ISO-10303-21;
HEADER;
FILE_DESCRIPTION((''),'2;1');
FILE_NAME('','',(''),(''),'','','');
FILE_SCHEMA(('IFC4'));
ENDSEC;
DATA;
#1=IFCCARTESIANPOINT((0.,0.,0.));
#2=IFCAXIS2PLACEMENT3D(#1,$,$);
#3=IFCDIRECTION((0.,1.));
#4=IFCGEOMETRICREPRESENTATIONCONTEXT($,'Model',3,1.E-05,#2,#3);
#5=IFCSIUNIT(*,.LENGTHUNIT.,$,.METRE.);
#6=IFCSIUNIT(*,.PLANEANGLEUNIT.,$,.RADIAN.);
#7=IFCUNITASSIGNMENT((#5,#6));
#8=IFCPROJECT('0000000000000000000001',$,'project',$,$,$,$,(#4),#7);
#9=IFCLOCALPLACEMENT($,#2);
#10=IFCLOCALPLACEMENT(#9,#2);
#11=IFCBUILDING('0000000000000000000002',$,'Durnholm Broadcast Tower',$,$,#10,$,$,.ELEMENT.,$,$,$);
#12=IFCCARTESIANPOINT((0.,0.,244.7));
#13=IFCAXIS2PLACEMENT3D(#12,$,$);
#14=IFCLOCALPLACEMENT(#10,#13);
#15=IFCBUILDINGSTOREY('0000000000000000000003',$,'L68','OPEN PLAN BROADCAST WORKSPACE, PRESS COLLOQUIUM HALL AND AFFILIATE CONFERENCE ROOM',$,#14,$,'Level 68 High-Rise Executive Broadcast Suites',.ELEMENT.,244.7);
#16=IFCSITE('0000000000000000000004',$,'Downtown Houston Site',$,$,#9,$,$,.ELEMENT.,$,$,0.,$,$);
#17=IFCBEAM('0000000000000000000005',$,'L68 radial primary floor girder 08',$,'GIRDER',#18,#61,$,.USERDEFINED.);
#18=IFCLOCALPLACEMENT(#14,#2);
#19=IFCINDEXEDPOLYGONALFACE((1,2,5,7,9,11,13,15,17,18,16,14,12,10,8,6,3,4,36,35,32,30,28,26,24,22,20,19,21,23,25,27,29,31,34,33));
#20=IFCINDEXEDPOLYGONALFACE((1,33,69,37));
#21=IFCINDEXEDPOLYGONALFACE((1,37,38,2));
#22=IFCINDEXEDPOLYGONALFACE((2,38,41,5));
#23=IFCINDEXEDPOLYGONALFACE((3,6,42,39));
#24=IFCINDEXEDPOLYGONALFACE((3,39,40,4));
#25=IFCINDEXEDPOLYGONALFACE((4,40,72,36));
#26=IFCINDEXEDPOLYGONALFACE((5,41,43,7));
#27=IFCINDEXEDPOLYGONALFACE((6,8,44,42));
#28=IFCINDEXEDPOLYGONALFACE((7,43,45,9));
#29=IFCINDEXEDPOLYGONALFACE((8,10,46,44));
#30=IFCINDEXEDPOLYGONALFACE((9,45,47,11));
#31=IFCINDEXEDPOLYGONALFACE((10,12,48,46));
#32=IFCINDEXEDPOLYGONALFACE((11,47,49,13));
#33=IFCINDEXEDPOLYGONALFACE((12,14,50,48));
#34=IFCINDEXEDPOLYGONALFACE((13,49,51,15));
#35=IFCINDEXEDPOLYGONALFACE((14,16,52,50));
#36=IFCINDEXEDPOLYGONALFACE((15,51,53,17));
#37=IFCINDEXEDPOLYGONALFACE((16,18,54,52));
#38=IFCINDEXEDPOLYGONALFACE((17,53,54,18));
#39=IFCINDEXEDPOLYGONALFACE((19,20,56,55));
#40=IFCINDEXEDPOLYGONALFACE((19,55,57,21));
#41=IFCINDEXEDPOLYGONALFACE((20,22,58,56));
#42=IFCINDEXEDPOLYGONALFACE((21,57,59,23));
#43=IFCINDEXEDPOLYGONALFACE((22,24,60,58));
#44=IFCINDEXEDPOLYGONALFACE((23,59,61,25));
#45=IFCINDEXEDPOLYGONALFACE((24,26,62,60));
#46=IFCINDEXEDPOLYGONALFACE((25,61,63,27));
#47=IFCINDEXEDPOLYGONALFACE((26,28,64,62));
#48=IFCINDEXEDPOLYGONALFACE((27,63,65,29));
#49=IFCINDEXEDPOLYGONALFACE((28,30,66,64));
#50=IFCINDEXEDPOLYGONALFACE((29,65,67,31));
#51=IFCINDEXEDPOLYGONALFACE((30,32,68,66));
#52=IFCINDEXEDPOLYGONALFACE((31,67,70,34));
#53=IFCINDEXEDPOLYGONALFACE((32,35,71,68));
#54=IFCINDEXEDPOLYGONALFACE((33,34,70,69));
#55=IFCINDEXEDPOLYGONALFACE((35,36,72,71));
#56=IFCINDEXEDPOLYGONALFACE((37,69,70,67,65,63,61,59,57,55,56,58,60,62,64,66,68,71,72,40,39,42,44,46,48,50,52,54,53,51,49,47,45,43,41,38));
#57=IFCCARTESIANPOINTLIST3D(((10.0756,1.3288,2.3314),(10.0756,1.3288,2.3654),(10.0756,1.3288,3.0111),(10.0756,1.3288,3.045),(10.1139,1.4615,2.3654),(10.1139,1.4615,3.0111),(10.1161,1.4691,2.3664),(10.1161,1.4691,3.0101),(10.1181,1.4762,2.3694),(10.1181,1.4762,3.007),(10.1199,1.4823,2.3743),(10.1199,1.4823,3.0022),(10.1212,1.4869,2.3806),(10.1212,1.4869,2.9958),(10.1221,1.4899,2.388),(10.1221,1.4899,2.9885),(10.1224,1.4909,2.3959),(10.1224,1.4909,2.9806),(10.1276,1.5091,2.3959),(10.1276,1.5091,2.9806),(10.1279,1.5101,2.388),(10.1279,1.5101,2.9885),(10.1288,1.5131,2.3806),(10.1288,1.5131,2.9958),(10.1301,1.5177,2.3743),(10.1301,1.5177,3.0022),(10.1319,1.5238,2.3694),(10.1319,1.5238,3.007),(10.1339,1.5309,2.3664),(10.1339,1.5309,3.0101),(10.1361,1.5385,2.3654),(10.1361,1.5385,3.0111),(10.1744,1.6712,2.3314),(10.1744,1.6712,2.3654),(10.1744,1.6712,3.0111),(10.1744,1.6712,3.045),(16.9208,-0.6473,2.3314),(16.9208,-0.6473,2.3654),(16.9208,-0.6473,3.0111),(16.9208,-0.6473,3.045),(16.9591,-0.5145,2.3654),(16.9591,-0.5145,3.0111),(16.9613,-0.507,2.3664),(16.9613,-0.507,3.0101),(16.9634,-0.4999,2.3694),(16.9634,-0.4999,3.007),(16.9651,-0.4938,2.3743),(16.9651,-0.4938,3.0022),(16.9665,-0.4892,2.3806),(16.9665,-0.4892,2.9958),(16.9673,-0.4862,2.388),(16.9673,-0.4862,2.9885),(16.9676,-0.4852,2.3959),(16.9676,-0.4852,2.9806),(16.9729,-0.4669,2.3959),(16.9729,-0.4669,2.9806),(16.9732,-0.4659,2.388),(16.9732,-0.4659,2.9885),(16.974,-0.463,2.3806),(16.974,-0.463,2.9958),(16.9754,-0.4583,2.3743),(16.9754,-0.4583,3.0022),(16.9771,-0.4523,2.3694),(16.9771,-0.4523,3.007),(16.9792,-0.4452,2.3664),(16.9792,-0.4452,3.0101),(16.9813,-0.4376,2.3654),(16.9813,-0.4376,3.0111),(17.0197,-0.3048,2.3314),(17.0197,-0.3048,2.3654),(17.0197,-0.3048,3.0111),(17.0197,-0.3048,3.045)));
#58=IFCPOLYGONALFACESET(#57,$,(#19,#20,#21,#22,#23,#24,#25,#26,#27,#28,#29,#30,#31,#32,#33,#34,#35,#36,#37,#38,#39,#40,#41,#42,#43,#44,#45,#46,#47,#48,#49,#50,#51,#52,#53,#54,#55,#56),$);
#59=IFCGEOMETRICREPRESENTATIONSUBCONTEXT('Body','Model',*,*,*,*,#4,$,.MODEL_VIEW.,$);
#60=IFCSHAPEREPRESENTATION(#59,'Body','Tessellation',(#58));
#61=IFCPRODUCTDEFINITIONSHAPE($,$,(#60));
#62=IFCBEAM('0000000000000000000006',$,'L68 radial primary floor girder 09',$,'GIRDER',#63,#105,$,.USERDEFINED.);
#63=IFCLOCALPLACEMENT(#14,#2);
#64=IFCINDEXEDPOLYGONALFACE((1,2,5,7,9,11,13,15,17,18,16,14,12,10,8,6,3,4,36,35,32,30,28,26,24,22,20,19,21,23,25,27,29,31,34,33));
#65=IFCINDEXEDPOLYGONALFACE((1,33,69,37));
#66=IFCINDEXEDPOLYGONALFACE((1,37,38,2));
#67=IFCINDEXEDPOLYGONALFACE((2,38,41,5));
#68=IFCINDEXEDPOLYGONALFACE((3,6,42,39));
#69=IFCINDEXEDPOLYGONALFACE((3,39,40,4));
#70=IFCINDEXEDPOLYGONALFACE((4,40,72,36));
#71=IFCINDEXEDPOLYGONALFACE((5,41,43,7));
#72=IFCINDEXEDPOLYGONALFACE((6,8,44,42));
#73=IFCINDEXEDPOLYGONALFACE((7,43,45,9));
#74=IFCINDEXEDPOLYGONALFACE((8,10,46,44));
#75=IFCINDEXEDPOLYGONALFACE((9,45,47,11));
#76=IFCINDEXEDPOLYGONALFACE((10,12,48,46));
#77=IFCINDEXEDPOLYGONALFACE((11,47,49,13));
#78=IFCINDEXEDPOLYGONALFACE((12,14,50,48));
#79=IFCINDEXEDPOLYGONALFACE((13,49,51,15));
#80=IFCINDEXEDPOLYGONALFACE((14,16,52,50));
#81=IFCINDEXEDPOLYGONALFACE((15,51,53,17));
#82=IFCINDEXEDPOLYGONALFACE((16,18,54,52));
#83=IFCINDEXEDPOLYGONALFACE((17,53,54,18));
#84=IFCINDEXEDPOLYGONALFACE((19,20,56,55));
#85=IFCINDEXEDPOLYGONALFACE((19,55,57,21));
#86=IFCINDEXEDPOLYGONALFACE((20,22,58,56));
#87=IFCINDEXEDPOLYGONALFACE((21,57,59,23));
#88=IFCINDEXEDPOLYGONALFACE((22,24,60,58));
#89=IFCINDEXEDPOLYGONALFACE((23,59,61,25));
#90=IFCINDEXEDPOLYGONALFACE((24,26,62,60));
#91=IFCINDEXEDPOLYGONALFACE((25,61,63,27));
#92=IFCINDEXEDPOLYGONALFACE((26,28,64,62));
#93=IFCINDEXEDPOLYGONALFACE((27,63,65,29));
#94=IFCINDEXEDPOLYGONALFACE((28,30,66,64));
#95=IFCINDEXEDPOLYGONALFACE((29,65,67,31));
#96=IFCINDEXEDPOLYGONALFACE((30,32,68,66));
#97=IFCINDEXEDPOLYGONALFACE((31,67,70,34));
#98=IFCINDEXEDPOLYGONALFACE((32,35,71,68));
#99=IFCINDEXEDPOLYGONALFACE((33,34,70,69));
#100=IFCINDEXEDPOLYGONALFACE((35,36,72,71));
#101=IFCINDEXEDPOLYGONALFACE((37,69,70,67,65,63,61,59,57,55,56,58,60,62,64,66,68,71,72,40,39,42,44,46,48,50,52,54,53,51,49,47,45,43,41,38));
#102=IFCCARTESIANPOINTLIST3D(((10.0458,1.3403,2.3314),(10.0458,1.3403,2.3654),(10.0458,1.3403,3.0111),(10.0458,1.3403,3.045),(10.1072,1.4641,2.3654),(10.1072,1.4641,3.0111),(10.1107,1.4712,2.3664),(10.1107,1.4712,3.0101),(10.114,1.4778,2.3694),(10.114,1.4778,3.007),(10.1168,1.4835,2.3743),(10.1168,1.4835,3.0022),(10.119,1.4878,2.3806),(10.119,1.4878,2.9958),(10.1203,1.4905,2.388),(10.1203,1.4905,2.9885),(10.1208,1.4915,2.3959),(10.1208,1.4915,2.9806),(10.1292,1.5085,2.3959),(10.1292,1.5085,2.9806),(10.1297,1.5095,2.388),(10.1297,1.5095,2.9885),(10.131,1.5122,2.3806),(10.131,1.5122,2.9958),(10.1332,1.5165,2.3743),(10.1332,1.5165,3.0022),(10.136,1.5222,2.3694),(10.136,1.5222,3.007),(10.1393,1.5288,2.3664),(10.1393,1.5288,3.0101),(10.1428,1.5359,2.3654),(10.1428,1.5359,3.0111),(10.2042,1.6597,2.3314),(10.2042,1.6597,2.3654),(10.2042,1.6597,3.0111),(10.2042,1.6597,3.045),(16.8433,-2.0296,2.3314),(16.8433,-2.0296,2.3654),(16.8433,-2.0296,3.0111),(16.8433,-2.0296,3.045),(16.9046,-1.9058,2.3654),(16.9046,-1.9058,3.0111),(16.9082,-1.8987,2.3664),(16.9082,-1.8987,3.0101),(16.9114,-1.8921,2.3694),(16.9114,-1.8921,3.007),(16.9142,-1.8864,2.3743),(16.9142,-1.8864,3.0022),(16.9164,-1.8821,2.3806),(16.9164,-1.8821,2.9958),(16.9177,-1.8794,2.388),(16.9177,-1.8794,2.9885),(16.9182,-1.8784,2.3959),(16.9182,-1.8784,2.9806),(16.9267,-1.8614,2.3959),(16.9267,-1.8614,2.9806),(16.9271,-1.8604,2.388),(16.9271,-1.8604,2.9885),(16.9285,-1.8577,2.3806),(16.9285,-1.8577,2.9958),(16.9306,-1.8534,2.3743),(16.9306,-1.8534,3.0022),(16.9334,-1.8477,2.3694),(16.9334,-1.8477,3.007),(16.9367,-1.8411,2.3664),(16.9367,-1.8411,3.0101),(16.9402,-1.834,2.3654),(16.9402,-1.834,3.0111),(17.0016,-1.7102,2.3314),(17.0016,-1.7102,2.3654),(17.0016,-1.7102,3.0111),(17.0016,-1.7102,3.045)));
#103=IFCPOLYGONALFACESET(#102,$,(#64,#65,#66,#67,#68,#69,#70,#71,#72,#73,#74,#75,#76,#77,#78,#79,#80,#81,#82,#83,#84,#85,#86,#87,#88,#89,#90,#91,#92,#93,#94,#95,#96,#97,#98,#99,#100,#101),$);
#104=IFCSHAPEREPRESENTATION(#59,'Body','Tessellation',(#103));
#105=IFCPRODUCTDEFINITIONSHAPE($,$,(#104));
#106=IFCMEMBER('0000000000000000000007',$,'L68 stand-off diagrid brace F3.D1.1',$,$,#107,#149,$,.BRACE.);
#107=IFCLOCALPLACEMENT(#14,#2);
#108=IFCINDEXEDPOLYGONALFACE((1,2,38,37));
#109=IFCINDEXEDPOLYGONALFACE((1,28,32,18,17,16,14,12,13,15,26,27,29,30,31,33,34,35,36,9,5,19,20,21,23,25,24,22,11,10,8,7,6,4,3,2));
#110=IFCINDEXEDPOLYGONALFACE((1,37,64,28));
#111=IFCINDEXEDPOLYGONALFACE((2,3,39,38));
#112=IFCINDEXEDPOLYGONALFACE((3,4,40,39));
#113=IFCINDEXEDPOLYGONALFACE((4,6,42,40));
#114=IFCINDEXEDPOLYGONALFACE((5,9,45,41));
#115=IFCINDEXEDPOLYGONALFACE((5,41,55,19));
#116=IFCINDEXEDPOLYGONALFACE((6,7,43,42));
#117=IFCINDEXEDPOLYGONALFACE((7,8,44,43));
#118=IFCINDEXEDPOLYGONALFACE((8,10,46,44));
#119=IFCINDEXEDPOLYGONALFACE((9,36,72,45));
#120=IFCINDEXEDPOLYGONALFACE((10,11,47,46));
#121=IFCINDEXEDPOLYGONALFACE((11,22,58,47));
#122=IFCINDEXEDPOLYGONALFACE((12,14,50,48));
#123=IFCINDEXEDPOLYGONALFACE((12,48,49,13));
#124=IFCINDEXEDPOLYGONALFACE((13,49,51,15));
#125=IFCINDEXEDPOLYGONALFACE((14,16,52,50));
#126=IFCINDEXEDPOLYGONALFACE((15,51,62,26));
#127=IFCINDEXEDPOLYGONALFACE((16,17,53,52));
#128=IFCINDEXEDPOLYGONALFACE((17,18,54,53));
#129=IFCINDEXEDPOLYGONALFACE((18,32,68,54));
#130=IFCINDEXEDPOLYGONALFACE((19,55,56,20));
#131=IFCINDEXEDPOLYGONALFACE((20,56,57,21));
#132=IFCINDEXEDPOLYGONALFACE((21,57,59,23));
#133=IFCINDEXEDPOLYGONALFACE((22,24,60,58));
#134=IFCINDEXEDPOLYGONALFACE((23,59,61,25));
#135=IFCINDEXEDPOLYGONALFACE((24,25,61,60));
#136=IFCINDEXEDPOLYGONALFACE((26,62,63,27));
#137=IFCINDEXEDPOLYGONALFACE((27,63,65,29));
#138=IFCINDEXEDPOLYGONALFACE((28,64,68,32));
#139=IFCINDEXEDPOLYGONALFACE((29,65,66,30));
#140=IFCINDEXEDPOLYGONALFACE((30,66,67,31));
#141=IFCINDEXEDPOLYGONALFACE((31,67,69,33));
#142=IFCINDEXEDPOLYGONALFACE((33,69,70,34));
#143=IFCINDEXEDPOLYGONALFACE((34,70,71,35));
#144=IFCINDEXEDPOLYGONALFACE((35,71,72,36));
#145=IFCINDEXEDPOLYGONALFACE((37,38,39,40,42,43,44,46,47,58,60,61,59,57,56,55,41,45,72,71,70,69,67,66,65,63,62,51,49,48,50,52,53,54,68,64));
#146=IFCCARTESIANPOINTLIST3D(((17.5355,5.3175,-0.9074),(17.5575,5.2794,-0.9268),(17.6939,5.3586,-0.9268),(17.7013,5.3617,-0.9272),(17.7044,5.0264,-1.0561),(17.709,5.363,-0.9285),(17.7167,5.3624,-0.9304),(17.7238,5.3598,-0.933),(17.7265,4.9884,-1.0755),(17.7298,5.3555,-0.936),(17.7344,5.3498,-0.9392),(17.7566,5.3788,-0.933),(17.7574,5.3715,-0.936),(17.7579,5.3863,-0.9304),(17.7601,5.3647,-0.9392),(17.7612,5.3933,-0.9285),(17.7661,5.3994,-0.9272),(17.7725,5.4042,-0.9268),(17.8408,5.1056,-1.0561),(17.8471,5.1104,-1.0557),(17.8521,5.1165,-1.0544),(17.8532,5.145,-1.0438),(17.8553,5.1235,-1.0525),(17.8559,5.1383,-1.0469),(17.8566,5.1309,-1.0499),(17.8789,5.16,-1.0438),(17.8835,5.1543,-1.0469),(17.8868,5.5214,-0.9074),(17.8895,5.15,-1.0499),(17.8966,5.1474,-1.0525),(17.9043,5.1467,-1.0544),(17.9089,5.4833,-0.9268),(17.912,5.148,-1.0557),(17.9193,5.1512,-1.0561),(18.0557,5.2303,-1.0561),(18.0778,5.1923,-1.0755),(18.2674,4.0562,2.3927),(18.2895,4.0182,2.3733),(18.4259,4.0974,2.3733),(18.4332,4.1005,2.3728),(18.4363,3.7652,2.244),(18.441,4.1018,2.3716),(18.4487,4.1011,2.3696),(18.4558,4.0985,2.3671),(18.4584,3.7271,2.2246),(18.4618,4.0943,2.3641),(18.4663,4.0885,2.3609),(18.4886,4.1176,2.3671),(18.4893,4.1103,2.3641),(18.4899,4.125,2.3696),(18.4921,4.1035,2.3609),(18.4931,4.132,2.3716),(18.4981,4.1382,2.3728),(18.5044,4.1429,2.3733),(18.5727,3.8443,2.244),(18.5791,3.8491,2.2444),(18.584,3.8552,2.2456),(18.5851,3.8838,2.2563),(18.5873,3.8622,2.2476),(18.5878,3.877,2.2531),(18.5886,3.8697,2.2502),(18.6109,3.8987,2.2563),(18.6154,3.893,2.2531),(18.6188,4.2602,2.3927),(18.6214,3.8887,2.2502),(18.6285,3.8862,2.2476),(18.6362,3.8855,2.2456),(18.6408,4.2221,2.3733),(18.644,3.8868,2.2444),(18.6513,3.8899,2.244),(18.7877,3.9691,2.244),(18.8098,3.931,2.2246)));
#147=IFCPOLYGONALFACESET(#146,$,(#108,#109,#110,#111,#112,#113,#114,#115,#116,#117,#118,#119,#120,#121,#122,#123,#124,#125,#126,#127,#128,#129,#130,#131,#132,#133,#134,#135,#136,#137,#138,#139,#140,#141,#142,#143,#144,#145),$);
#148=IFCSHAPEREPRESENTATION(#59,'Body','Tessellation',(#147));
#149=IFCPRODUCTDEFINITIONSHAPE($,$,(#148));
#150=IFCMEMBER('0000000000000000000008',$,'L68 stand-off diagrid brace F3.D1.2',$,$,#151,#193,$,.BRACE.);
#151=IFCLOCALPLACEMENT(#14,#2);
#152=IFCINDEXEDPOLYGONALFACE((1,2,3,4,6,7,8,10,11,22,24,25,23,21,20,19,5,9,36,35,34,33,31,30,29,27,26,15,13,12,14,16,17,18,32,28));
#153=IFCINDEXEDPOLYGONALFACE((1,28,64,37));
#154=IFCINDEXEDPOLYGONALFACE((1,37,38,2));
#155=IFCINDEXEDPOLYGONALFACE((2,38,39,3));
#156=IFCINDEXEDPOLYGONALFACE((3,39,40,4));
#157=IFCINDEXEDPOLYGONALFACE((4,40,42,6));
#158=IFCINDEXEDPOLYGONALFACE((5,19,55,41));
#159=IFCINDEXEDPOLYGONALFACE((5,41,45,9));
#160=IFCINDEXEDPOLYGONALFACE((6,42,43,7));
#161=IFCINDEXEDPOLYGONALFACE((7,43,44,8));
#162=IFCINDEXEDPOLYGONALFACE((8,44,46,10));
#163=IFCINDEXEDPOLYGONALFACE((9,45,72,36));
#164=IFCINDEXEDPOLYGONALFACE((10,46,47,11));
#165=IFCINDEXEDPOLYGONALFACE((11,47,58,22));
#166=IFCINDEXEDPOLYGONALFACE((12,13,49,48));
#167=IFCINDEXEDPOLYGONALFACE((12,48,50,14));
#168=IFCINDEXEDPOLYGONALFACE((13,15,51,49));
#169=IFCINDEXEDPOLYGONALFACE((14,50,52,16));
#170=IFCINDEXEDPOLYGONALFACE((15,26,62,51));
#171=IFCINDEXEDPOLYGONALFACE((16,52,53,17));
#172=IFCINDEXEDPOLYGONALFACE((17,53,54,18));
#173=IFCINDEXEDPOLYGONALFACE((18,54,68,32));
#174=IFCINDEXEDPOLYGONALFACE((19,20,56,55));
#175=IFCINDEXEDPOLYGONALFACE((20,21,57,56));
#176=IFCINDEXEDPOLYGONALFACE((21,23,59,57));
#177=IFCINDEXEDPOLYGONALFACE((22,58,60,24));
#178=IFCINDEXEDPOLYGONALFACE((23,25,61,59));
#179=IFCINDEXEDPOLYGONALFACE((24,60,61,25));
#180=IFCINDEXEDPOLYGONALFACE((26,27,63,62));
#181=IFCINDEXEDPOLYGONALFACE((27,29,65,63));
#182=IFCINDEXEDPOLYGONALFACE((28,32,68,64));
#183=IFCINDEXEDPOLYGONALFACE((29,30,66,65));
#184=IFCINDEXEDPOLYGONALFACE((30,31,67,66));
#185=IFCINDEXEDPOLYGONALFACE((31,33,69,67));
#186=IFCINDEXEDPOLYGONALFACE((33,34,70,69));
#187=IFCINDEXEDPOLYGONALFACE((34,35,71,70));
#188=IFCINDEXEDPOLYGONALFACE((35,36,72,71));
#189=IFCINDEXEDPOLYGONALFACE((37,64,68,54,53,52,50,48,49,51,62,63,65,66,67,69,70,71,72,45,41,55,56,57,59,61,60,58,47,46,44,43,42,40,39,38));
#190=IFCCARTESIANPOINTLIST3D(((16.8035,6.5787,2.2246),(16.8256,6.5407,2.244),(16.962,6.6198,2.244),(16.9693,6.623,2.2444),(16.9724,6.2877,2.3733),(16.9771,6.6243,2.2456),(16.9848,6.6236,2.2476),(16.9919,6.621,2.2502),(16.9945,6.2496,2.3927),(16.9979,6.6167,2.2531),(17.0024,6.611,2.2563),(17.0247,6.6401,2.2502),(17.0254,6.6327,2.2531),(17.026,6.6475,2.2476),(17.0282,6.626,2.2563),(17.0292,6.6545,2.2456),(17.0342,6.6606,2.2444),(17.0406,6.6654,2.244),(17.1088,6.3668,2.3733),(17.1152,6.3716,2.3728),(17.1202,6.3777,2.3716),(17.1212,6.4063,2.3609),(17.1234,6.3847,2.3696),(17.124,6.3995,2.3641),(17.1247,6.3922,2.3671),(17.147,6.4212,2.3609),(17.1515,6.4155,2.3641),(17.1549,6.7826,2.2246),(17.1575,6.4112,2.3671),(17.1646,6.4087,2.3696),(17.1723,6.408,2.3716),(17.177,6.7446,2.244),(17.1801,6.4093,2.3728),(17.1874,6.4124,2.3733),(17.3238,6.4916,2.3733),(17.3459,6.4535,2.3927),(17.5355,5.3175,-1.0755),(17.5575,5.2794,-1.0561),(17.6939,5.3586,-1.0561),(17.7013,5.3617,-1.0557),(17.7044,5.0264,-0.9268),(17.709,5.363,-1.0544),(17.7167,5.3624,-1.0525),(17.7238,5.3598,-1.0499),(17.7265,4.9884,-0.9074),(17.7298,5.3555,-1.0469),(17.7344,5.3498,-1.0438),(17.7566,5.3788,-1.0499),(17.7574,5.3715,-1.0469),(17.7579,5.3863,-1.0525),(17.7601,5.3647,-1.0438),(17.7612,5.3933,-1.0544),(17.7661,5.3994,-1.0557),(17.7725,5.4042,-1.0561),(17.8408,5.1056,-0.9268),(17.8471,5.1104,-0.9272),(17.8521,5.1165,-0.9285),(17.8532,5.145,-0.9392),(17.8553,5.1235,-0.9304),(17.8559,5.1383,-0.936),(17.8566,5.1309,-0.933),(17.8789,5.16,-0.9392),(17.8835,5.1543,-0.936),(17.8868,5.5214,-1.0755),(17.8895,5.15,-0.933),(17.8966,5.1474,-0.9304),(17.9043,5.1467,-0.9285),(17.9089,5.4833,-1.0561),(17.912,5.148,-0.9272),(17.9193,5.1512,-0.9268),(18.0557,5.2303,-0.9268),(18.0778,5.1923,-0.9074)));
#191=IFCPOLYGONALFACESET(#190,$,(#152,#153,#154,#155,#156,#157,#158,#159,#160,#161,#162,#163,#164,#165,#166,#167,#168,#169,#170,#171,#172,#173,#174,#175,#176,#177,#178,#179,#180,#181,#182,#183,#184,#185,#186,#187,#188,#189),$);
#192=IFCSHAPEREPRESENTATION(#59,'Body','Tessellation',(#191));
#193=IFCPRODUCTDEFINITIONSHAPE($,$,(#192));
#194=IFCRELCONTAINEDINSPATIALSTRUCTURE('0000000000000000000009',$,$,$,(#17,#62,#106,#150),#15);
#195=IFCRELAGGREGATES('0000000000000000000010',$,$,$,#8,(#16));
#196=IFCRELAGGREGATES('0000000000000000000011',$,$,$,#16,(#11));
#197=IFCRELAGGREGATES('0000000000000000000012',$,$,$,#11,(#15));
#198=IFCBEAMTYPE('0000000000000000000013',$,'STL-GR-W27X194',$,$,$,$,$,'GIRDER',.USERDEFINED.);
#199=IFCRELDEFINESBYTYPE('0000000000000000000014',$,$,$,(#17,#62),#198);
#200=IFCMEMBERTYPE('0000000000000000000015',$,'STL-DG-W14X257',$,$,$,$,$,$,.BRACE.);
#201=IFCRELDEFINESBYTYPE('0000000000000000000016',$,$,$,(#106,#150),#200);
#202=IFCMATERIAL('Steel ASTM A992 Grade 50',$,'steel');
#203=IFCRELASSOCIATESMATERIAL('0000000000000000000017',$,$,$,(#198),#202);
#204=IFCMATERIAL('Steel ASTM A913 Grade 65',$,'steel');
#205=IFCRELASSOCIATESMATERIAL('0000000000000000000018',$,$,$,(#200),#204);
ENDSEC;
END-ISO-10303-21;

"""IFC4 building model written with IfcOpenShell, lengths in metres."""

from ifc_helpers import new_model, si_unit, direction, frame, origin, origin_2d, place, context, subcontext, project, spatial, i_section, extrude, source, transform, mapped, material, material_profile, profile_set, type_object, type_shapes, element, save


model = new_model("IFC4")

# Units and contexts
model_context = context("Model", 3, precision=1e-05, world=origin(), true_north=direction((0.0, 1.0)))
body_context = subcontext(model_context, "Body", "Model", "MODEL_VIEW")
ifc_project = project(units=[si_unit("LENGTHUNIT", "METRE"), si_unit("PLANEANGLEUNIT", "RADIAN")], contexts=[model_context])

# Site, building, storey
site_placement = place(None, origin())
site = spatial("IfcSite", under=ifc_project, at=site_placement, Name="Downtown Houston Site", CompositionType="ELEMENT", RefElevation=0.0)
building_placement = place(site_placement, origin())
building = spatial("IfcBuilding", under=site, at=building_placement, Name="Durnholm Broadcast Tower", CompositionType="ELEMENT")
storey_placement = place(building_placement, frame((0.0, 0.0, 244.7)))
storey = spatial("IfcBuildingStorey", under=building, at=storey_placement, Name="L68", Description="OPEN PLAN BROADCAST WORKSPACE, PRESS COLLOQUIUM HALL AND AFFILIATE CONFERENCE ROOM", LongName="Level 68 High-Rise Executive Broadcast Suites", CompositionType="ELEMENT", Elevation=244.7)

# Beams
ifc_material_1 = material(Name="Steel ASTM A992 Grade 50", Category="steel")
ifc_material_profile_1 = material_profile(ifc_material_1, i_section(OverallWidth=0.3564, OverallDepth=0.7136, WebThickness=0.019, FlangeThickness=0.0339, FilletRadius=0.0305, at=origin_2d()), Name="W27X194")
ifc_profile_set_1 = profile_set([ifc_material_profile_1], Name="Steel ASTM A992 Grade 50")
beam_type_1 = type_object("IfcBeamType", Name="STL-GR-W27X194", ElementType="GIRDER", PredefinedType="USERDEFINED", material=ifc_profile_set_1)
shared_shape_1 = source(origin(), body_context, "Body", "SweptSolid", [
    extrude(i_section(OverallWidth=0.3564, OverallDepth=0.7136, WebThickness=0.019, FlangeThickness=0.0339, FilletRadius=0.0305, at=origin_2d()), origin(), (0.0, 0.0, 1.0), 7.1248),
])
beam_1_placement = place(storey_placement, frame((10.125, 1.5, 2.6882), z_axis=(0.960768, -0.277354, 0.0), x_axis=(0.277354, 0.960768, 0.0)))
element("IfcBeam", 1, at=beam_1_placement, inside=storey, type_object=beam_type_1, Name="L68 radial primary floor girder 08", ObjectType="GIRDER", PredefinedType="USERDEFINED", context=body_context, shape_type="MappedRepresentation", body=[
    mapped(shared_shape_1, transform((0.0, 0.0, 0.0), x_axis=(1.0, 0.0, 0.0), y_axis=(0.0, 1.0, 0.0), z_axis=(0.0, 0.0, 1.0), scale=1.0)),
])
shared_shape_2 = source(origin(), body_context, "Body", "SweptSolid", [
    extrude(i_section(OverallWidth=0.3564, OverallDepth=0.7136, WebThickness=0.019, FlangeThickness=0.0339, FilletRadius=0.0305, at=origin_2d()), origin(), (0.0, 0.0, 1.0), 7.5869),
])
type_shapes(beam_type_1, [shared_shape_1, shared_shape_2])
beam_2_placement = place(storey_placement, frame((10.125, 1.5, 2.6882), z_axis=(0.895941, -0.444173, 0.0), x_axis=(0.444173, 0.895941, 0.0)))
element("IfcBeam", 2, at=beam_2_placement, inside=storey, type_object=beam_type_1, Name="L68 radial primary floor girder 09", ObjectType="GIRDER", PredefinedType="USERDEFINED", context=body_context, shape_type="MappedRepresentation", body=[
    mapped(shared_shape_2, transform((0.0, 0.0, 0.0), x_axis=(1.0, 0.0, 0.0), y_axis=(0.0, 1.0, 0.0), z_axis=(0.0, 0.0, 1.0), scale=1.0)),
])

# Members
ifc_material_2 = material(Name="Steel ASTM A913 Grade 65", Category="steel")
ifc_material_profile_2 = material_profile(ifc_material_2, i_section(OverallWidth=0.4062, OverallDepth=0.416, WebThickness=0.0298, FlangeThickness=0.0481, FilletRadius=0.0305, at=origin_2d()), Name="W14X257")
ifc_profile_set_2 = profile_set([ifc_material_profile_2], Name="Steel ASTM A913 Grade 65")
member_type_1 = type_object("IfcMemberType", Name="STL-DG-W14X257", PredefinedType="BRACE", material=ifc_profile_set_2)
shared_shape_3 = source(origin(), body_context, "Body", "SweptSolid", [
    extrude(i_section(OverallWidth=0.4062, OverallDepth=0.416, WebThickness=0.0298, FlangeThickness=0.0481, FilletRadius=0.0305, at=origin_2d()), origin(), (0.0, 0.0, 1.0), 3.6079),
])
type_shapes(member_type_1, [shared_shape_3])
for number, where, z_axis, x_axis, name in (
    (3, (17.8066, 5.2549, -0.9915), (0.202871, -0.349577, 0.91468), (0.864906, 0.501934, 0.0), "L68 stand-off diagrid brace F3.D1.1"),
    (4, (17.8066, 5.2549, -0.9915), (-0.202871, 0.349577, 0.91468), (-0.864906, -0.501934, 0.0), "L68 stand-off diagrid brace F3.D1.2"),
):
    element("IfcMember", number, at=place(storey_placement, frame(where, z_axis=z_axis, x_axis=x_axis)), inside=storey, type_object=member_type_1, Name=name, PredefinedType="BRACE", context=body_context, shape_type="MappedRepresentation", body=[
        mapped(shared_shape_3, transform((0.0, 0.0, 0.0), x_axis=(1.0, 0.0, 0.0), y_axis=(0.0, 1.0, 0.0), z_axis=(0.0, 0.0, 1.0), scale=1.0)),
    ])

save(model, "model.ifc")
